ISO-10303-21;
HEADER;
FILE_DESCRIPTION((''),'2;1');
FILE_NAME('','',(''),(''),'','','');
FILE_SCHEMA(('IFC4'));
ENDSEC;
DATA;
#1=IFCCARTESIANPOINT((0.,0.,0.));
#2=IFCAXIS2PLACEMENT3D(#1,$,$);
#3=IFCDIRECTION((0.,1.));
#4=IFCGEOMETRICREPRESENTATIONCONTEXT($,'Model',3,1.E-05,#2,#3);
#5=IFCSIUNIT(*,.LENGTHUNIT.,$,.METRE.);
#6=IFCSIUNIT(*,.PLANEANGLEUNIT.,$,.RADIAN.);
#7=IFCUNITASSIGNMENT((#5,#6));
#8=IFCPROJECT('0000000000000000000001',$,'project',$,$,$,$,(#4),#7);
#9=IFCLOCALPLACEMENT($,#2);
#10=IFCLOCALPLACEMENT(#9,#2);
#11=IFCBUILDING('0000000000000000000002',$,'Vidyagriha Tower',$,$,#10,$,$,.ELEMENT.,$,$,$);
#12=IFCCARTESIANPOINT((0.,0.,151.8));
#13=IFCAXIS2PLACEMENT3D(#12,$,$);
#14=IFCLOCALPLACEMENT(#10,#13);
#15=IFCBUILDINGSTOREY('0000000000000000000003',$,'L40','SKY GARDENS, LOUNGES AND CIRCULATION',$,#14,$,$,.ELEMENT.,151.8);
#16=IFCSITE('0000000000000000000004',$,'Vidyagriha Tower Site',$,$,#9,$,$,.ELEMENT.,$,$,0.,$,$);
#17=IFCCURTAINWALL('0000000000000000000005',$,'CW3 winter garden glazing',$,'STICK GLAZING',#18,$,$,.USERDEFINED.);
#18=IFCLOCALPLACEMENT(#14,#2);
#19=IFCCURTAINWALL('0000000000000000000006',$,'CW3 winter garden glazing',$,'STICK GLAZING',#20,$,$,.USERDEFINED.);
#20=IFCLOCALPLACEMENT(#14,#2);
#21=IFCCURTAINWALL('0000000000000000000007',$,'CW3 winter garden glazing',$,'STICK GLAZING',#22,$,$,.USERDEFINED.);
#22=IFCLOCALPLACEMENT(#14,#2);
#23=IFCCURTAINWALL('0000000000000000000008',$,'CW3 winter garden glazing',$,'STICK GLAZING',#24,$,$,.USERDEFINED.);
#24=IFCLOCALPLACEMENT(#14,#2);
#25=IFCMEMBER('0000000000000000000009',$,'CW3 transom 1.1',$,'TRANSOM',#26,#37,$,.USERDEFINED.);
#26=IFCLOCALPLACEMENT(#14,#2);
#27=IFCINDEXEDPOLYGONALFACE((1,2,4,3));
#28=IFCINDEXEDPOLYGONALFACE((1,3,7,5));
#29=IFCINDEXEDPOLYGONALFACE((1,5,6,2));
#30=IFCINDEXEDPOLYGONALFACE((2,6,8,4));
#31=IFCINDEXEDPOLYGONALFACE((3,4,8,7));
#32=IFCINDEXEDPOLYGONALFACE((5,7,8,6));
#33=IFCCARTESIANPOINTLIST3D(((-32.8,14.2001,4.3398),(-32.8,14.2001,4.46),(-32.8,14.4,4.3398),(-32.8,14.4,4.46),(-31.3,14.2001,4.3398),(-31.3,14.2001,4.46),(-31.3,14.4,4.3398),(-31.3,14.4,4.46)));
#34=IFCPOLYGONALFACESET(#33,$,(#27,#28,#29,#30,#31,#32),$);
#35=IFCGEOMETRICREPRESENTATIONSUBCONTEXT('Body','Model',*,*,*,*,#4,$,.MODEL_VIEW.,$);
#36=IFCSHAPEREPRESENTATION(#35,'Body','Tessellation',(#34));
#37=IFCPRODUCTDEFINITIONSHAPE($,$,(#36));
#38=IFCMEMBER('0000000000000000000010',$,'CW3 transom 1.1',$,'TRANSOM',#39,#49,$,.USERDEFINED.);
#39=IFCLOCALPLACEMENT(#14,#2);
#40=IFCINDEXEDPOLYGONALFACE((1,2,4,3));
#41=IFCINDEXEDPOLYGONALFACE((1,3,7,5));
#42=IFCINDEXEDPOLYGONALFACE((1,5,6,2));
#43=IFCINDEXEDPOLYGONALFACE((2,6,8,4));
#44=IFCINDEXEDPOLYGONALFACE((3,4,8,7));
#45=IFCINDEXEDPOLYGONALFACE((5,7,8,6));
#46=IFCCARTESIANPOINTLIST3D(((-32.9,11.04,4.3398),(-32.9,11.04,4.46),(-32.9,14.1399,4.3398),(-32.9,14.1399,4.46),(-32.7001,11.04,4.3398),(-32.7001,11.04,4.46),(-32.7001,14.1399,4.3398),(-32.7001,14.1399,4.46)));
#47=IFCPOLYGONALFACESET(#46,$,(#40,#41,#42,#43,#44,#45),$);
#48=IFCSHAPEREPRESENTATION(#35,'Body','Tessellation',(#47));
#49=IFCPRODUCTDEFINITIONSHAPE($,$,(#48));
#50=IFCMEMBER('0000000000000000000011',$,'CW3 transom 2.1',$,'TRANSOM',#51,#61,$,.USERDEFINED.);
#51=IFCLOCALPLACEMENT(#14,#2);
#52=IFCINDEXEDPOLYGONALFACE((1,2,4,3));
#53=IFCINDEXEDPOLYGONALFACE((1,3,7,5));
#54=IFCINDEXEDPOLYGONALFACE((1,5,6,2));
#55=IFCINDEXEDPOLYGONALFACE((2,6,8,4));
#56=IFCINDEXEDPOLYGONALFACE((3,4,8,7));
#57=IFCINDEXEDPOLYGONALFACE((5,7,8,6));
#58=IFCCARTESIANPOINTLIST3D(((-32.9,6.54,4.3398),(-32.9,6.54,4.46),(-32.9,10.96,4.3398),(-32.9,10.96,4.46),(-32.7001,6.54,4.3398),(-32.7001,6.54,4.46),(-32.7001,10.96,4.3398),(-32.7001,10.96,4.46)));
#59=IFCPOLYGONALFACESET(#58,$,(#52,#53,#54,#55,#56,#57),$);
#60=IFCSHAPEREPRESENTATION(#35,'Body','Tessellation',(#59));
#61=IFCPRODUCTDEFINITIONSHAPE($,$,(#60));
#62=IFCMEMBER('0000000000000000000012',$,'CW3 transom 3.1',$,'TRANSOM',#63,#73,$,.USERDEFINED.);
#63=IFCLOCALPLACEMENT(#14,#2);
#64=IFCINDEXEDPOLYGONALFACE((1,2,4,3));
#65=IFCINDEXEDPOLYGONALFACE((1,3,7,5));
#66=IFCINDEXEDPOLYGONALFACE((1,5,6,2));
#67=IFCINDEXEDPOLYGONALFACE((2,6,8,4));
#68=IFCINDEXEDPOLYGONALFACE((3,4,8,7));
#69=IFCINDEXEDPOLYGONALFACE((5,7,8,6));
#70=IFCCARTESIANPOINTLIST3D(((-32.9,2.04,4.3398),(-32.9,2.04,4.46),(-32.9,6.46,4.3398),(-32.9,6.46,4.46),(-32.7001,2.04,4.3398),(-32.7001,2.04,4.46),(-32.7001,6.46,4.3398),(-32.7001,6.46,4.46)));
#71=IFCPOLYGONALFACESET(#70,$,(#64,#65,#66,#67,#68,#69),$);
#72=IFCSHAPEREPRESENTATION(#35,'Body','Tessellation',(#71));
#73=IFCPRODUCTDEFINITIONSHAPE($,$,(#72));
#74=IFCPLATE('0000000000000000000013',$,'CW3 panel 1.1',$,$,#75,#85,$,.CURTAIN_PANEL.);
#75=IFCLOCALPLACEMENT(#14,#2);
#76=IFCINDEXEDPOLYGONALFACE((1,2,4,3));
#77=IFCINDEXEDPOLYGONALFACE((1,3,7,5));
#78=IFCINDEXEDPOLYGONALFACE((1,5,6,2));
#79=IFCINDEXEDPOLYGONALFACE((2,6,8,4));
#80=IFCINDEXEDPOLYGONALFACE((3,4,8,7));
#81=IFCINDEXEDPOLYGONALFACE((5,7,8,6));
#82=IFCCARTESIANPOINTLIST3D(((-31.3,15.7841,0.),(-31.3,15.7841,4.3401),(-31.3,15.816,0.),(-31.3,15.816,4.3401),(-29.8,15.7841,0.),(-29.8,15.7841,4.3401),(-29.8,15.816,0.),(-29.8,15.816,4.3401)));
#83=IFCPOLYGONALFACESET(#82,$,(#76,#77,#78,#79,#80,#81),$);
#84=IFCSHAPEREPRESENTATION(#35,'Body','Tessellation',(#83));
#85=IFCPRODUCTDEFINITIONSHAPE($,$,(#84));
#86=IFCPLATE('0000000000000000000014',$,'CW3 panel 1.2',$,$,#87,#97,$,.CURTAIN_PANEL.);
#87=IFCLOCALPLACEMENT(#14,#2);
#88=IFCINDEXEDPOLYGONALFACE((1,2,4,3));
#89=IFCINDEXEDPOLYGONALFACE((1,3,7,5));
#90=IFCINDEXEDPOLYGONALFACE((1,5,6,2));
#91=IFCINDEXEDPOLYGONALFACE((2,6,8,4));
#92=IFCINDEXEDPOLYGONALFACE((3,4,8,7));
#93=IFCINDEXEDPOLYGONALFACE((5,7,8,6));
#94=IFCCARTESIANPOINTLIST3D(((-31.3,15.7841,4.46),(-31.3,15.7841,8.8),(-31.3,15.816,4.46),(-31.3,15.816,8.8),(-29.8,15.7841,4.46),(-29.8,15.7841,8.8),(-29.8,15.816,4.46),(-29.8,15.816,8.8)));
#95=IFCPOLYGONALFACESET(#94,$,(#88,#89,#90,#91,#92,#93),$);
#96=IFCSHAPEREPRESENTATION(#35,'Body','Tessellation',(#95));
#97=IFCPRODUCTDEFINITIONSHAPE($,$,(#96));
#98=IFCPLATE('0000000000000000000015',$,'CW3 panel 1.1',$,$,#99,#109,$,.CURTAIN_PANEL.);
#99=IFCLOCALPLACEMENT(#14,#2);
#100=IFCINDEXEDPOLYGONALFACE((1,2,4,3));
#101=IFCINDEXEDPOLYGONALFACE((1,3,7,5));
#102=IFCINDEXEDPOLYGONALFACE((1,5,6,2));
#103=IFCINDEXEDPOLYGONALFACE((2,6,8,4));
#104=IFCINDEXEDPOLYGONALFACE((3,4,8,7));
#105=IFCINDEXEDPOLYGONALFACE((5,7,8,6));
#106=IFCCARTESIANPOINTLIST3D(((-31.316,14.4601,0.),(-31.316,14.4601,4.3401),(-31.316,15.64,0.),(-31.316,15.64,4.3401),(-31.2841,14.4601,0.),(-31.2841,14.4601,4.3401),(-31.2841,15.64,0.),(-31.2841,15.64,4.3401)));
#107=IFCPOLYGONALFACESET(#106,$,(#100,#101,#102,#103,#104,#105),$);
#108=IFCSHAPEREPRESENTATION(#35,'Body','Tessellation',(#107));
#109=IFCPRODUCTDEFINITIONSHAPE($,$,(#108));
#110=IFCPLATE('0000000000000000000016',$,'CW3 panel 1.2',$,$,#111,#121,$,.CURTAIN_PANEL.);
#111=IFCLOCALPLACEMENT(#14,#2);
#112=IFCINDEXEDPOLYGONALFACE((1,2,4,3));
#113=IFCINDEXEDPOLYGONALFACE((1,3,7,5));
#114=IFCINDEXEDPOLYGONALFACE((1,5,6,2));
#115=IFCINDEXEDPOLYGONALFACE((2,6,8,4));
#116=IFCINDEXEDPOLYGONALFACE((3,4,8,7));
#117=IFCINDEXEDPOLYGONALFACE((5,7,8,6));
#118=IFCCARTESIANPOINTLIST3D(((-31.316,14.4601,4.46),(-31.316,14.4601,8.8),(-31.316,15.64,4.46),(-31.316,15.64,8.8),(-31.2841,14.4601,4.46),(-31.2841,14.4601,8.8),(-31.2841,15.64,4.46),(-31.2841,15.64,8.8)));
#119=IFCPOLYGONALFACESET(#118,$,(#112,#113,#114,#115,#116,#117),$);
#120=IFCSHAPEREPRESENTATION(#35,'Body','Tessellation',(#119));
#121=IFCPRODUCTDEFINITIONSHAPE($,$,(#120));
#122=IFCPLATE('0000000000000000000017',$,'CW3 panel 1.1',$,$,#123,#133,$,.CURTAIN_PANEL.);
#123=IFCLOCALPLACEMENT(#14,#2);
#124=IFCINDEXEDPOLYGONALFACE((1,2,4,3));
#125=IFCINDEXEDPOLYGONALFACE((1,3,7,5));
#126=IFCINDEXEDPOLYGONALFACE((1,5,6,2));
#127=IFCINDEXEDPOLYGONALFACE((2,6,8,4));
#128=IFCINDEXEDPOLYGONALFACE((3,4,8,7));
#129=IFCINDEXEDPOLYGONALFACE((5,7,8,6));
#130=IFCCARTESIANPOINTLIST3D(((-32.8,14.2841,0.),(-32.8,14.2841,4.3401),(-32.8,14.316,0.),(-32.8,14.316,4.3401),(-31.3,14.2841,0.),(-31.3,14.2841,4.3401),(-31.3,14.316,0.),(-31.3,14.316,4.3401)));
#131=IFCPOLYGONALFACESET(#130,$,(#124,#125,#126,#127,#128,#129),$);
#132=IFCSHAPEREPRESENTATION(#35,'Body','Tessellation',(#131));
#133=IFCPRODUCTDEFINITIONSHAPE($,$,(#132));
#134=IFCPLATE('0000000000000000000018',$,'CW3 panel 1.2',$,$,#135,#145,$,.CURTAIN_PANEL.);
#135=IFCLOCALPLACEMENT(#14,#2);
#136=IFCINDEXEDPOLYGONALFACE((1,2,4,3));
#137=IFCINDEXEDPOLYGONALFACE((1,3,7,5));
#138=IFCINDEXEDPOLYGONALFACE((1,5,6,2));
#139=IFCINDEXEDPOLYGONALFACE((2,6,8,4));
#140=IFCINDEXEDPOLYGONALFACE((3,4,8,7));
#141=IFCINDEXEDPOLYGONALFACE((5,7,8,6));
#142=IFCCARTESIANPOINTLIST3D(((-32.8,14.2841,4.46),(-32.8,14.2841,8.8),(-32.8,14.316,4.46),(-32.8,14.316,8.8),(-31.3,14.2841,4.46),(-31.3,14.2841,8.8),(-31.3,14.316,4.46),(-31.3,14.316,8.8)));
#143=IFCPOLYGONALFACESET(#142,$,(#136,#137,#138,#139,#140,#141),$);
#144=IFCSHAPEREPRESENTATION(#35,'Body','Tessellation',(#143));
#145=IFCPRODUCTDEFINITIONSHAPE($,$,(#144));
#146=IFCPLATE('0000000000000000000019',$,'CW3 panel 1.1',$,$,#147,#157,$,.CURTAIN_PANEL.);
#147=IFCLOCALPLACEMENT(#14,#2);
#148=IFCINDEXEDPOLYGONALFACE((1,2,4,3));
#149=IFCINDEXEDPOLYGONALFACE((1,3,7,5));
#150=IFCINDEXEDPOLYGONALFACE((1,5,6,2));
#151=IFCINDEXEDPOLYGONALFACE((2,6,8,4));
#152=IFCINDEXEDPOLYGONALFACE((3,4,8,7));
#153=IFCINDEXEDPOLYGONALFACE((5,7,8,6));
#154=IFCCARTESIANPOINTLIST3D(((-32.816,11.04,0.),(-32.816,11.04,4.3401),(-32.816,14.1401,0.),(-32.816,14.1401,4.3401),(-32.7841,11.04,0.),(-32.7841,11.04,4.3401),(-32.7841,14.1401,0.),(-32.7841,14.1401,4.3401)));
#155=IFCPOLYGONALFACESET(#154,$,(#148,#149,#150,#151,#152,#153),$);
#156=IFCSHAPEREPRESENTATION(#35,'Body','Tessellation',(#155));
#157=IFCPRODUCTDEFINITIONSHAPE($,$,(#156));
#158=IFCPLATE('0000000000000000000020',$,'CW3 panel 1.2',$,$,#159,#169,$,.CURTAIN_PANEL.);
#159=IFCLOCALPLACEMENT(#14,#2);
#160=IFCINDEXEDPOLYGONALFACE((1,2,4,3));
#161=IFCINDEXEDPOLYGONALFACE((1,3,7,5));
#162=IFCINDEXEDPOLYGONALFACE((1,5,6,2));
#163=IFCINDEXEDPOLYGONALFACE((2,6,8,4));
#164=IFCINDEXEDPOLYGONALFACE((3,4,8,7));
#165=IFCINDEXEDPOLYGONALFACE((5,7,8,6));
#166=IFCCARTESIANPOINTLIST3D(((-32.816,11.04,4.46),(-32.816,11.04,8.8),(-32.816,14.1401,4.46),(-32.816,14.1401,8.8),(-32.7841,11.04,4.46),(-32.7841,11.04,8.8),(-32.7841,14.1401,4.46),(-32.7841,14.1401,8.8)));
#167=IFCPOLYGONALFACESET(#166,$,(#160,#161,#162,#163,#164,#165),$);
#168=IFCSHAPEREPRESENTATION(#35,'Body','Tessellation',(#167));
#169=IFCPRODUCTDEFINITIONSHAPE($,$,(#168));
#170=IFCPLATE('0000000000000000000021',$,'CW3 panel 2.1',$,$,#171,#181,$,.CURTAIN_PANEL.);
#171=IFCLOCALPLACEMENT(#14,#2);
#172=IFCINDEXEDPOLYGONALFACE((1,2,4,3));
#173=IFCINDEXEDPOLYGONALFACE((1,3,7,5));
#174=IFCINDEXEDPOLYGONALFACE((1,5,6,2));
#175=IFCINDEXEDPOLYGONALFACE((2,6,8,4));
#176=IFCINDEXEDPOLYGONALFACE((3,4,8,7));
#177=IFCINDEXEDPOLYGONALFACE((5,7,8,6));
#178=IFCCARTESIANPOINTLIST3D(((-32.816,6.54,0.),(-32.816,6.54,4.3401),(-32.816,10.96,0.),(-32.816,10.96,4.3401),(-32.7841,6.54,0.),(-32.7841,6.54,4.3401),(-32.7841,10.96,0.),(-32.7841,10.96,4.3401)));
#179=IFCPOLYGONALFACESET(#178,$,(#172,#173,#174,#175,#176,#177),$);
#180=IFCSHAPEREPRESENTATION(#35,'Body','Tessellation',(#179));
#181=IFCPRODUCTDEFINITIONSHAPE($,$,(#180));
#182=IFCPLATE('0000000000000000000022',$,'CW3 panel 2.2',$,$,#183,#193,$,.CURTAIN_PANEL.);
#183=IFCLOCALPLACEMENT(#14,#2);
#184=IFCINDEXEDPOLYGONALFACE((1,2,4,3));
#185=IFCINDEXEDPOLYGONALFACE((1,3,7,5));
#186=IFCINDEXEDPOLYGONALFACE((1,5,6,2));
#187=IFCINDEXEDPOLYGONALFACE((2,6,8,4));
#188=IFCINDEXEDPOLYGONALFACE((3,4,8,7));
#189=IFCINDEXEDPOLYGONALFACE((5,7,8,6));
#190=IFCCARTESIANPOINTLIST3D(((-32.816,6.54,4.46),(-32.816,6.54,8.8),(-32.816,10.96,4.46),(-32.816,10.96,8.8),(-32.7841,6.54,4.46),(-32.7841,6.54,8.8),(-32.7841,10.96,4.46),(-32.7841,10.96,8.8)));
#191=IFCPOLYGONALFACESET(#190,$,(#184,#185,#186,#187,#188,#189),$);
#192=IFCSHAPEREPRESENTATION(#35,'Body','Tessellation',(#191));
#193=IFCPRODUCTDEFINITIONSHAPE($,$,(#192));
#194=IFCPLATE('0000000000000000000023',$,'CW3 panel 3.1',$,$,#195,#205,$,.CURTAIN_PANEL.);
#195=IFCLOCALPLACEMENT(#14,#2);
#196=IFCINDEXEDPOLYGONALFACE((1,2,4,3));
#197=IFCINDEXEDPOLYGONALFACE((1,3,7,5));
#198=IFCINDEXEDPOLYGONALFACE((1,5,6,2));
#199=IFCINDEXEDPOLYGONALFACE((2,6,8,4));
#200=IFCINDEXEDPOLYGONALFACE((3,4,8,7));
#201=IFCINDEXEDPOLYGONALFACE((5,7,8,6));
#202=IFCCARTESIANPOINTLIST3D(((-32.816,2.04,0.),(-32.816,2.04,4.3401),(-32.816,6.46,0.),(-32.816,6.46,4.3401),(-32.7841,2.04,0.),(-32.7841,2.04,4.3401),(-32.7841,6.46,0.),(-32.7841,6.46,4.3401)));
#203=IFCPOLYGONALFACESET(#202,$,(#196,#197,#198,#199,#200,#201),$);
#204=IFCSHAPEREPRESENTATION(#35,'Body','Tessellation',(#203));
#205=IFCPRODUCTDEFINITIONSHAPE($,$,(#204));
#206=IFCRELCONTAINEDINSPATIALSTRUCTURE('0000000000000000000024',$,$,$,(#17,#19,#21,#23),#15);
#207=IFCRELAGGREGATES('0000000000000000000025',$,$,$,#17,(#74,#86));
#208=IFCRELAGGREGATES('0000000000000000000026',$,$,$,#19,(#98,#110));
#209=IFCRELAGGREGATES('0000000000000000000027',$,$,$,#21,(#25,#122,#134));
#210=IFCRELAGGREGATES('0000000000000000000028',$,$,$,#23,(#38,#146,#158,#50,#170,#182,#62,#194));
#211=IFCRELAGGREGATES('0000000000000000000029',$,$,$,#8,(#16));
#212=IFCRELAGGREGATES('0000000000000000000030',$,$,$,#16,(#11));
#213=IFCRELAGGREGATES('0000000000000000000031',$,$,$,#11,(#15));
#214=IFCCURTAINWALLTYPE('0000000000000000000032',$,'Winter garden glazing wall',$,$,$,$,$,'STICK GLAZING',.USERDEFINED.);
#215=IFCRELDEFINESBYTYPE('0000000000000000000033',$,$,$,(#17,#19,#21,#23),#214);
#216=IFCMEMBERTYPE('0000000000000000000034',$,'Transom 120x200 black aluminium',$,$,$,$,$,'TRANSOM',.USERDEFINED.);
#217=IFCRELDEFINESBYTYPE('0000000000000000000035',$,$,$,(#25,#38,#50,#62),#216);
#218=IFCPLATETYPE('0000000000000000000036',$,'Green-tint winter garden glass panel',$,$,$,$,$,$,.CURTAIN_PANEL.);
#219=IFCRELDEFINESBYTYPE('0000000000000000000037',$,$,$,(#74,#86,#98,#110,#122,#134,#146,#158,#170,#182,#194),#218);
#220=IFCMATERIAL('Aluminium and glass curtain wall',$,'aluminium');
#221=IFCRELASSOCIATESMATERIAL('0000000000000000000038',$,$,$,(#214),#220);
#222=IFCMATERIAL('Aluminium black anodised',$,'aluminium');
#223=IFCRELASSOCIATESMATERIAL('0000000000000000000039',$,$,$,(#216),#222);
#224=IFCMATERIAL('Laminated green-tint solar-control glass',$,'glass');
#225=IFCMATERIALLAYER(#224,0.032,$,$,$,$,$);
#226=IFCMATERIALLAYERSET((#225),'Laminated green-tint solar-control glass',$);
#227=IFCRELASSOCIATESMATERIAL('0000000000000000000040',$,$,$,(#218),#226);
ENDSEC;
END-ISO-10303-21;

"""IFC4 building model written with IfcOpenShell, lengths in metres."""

from ifc_helpers import new_model, si_unit, direction, frame, origin, origin_2d, place, context, subcontext, project, spatial, rectangle, extrude, material, layer, layer_set, material_profile, profile_set, type_object, element, aggregate, save


model = new_model("IFC4")

# Units and contexts
model_context = context("Model", 3, precision=1e-05, world=origin(), true_north=direction((0.0, 1.0)))
body_context = subcontext(model_context, "Body", "Model", "MODEL_VIEW")
ifc_project = project(units=[si_unit("LENGTHUNIT", "METRE"), si_unit("PLANEANGLEUNIT", "RADIAN")], contexts=[model_context])

# Site, building, storey
site_placement = place(None, origin())
site = spatial("IfcSite", under=ifc_project, at=site_placement, Name="Vidyagriha Tower Site", CompositionType="ELEMENT", RefElevation=0.0)
building_placement = place(site_placement, origin())
building = spatial("IfcBuilding", under=site, at=building_placement, Name="Vidyagriha Tower", CompositionType="ELEMENT")
storey_placement = place(building_placement, frame((0.0, 0.0, 151.8)))
storey = spatial("IfcBuildingStorey", under=building, at=storey_placement, Name="L40", Description="SKY GARDENS, LOUNGES AND CIRCULATION", CompositionType="ELEMENT", Elevation=151.8)

# Curtain wall
ifc_material_1 = material(Name="Aluminium and glass curtain wall", Category="aluminium")
curtain_wall_type = type_object("IfcCurtainWallType", Name="Winter garden glazing wall", ElementType="STICK GLAZING", PredefinedType="USERDEFINED", material=ifc_material_1)
curtain_wall_1_placement = place(storey_placement, origin())
curtain_wall_1 = element("IfcCurtainWall", 1, at=curtain_wall_1_placement, inside=storey, type_object=curtain_wall_type, Name="CW3 winter garden glazing", ObjectType="STICK GLAZING", PredefinedType="USERDEFINED")

# Curtain walls
curtain_wall_2_placement = place(storey_placement, origin())
curtain_wall_2 = element("IfcCurtainWall", 2, at=curtain_wall_2_placement, inside=storey, type_object=curtain_wall_type, Name="CW3 winter garden glazing", ObjectType="STICK GLAZING", PredefinedType="USERDEFINED")
curtain_wall_3_placement = place(storey_placement, origin())
curtain_wall_3 = element("IfcCurtainWall", 3, at=curtain_wall_3_placement, inside=storey, type_object=curtain_wall_type, Name="CW3 winter garden glazing", ObjectType="STICK GLAZING", PredefinedType="USERDEFINED")
curtain_wall_4_placement = place(storey_placement, origin())
curtain_wall_4 = element("IfcCurtainWall", 4, at=curtain_wall_4_placement, inside=storey, type_object=curtain_wall_type, Name="CW3 winter garden glazing", ObjectType="STICK GLAZING", PredefinedType="USERDEFINED")

# Members
ifc_material_2 = material(Name="Aluminium black anodised", Category="aluminium")
ifc_material_profile_1 = material_profile(ifc_material_2, rectangle(XDim=0.2, YDim=0.1201, at=origin_2d()), Name="Transom 120x200 black aluminium")
ifc_profile_set_1 = profile_set([ifc_material_profile_1], Name="Aluminium black anodised")
member_type_1 = type_object("IfcMemberType", Name="Transom 120x200 black aluminium", ElementType="TRANSOM", PredefinedType="USERDEFINED", material=ifc_profile_set_1)
member_1_placement = place(storey_placement, frame((-31.3, 14.3, 4.3999), z_axis=(-1.0, 0.0, 0.0), x_axis=(0.0, -1.0, 0.0)))
member_1 = element("IfcMember", 5, at=member_1_placement, type_object=member_type_1, Name="CW3 transom 1.1", ObjectType="TRANSOM", PredefinedType="USERDEFINED", context=body_context, shape_type="SweptSolid", body=[
    extrude(rectangle(XDim=0.2, YDim=0.1201, at=origin_2d()), origin(), (0.0, 0.0, 1.0), 1.5),
])
member_2_placement = place(storey_placement, frame((-32.8, 14.1399, 4.3999), z_axis=(0.0, -1.0, 0.0), x_axis=(1.0, 0.0, 0.0)))
member_2 = element("IfcMember", 6, at=member_2_placement, type_object=member_type_1, Name="CW3 transom 1.1", ObjectType="TRANSOM", PredefinedType="USERDEFINED", context=body_context, shape_type="SweptSolid", body=[
    extrude(rectangle(XDim=0.2, YDim=0.1201, at=origin_2d()), origin(), (0.0, 0.0, 1.0), 3.0999),
])
member_3_placement = place(storey_placement, frame((-32.8, 10.96, 4.3999), z_axis=(0.0, -1.0, 0.0), x_axis=(1.0, 0.0, 0.0)))
member_3 = element("IfcMember", 7, at=member_3_placement, type_object=member_type_1, Name="CW3 transom 2.1", ObjectType="TRANSOM", PredefinedType="USERDEFINED", context=body_context, shape_type="SweptSolid", body=[
    extrude(rectangle(XDim=0.2, YDim=0.1201, at=origin_2d()), origin(), (0.0, 0.0, 1.0), 4.4199),
])
member_4_placement = place(storey_placement, frame((-32.8, 6.46, 4.3999), z_axis=(0.0, -1.0, 0.0), x_axis=(1.0, 0.0, 0.0)))
member_4 = element("IfcMember", 8, at=member_4_placement, type_object=member_type_1, Name="CW3 transom 3.1", ObjectType="TRANSOM", PredefinedType="USERDEFINED", context=body_context, shape_type="SweptSolid", body=[
    extrude(rectangle(XDim=0.2, YDim=0.1201, at=origin_2d()), origin(), (0.0, 0.0, 1.0), 4.4199),
])

# Plates
ifc_material_3 = material(Name="Laminated green-tint solar-control glass", Category="glass")
ifc_layer_1 = layer(ifc_material_3, 0.032)
ifc_layer_set_1 = layer_set([ifc_layer_1], Name="Laminated green-tint solar-control glass")
plate_type = type_object("IfcPlateType", Name="Green-tint winter garden glass panel", PredefinedType="CURTAIN_PANEL", material=ifc_layer_set_1)
plate_1_placement = place(storey_placement, frame((-30.55, 15.8, 0.0), z_axis=(0.0, 0.0, 1.0), x_axis=(-1.0, 0.0, 0.0)))
plate_1 = element("IfcPlate", 9, at=plate_1_placement, type_object=plate_type, Name="CW3 panel 1.1", PredefinedType="CURTAIN_PANEL", context=body_context, shape_type="SweptSolid", body=[
    extrude(rectangle(XDim=1.5, YDim=0.032, at=origin_2d()), origin(), (0.0, 0.0, 1.0), 4.3401),
])
plate_2_placement = place(storey_placement, frame((-30.55, 15.8, 4.46), z_axis=(0.0, 0.0, 1.0), x_axis=(-1.0, 0.0, 0.0)))
plate_2 = element("IfcPlate", 10, at=plate_2_placement, type_object=plate_type, Name="CW3 panel 1.2", PredefinedType="CURTAIN_PANEL", context=body_context, shape_type="SweptSolid", body=[
    extrude(rectangle(XDim=1.5, YDim=0.032, at=origin_2d()), origin(), (0.0, 0.0, 1.0), 4.3401),
])
aggregate(curtain_wall_1, [plate_1, plate_2])
plate_3_placement = place(storey_placement, frame((-31.3, 15.05, 0.0), z_axis=(0.0, 0.0, 1.0), x_axis=(0.0, -1.0, 0.0)))
plate_3 = element("IfcPlate", 11, at=plate_3_placement, type_object=plate_type, Name="CW3 panel 1.1", PredefinedType="CURTAIN_PANEL", context=body_context, shape_type="SweptSolid", body=[
    extrude(rectangle(XDim=1.1799, YDim=0.032, at=origin_2d()), origin(), (0.0, 0.0, 1.0), 4.3401),
])
plate_4_placement = place(storey_placement, frame((-31.3, 15.05, 4.46), z_axis=(0.0, 0.0, 1.0), x_axis=(0.0, -1.0, 0.0)))
plate_4 = element("IfcPlate", 12, at=plate_4_placement, type_object=plate_type, Name="CW3 panel 1.2", PredefinedType="CURTAIN_PANEL", context=body_context, shape_type="SweptSolid", body=[
    extrude(rectangle(XDim=1.1799, YDim=0.032, at=origin_2d()), origin(), (0.0, 0.0, 1.0), 4.3401),
])
aggregate(curtain_wall_2, [plate_3, plate_4])
plate_5_placement = place(storey_placement, frame((-32.05, 14.3, 0.0), z_axis=(0.0, 0.0, 1.0), x_axis=(-1.0, 0.0, 0.0)))
plate_5 = element("IfcPlate", 13, at=plate_5_placement, type_object=plate_type, Name="CW3 panel 1.1", PredefinedType="CURTAIN_PANEL", context=body_context, shape_type="SweptSolid", body=[
    extrude(rectangle(XDim=1.5, YDim=0.032, at=origin_2d()), origin(), (0.0, 0.0, 1.0), 4.3401),
])
plate_6_placement = place(storey_placement, frame((-32.05, 14.3, 4.46), z_axis=(0.0, 0.0, 1.0), x_axis=(-1.0, 0.0, 0.0)))
plate_6 = element("IfcPlate", 14, at=plate_6_placement, type_object=plate_type, Name="CW3 panel 1.2", PredefinedType="CURTAIN_PANEL", context=body_context, shape_type="SweptSolid", body=[
    extrude(rectangle(XDim=1.5, YDim=0.032, at=origin_2d()), origin(), (0.0, 0.0, 1.0), 4.3401),
])
aggregate(curtain_wall_3, [member_1, plate_5, plate_6])
plate_7_placement = place(storey_placement, frame((-32.8, 12.5901, 0.0), z_axis=(0.0, 0.0, 1.0), x_axis=(0.0, -1.0, 0.0)))
plate_7 = element("IfcPlate", 15, at=plate_7_placement, type_object=plate_type, Name="CW3 panel 1.1", PredefinedType="CURTAIN_PANEL", context=body_context, shape_type="SweptSolid", body=[
    extrude(rectangle(XDim=3.1001, YDim=0.032, at=origin_2d()), origin(), (0.0, 0.0, 1.0), 4.3401),
])
plate_8_placement = place(storey_placement, frame((-32.8, 12.5901, 4.46), z_axis=(0.0, 0.0, 1.0), x_axis=(0.0, -1.0, 0.0)))
plate_8 = element("IfcPlate", 16, at=plate_8_placement, type_object=plate_type, Name="CW3 panel 1.2", PredefinedType="CURTAIN_PANEL", context=body_context, shape_type="SweptSolid", body=[
    extrude(rectangle(XDim=3.1001, YDim=0.032, at=origin_2d()), origin(), (0.0, 0.0, 1.0), 4.3401),
])
plate_9_placement = place(storey_placement, frame((-32.8, 8.75, 0.0), z_axis=(0.0, 0.0, 1.0), x_axis=(0.0, -1.0, 0.0)))
plate_9 = element("IfcPlate", 17, at=plate_9_placement, type_object=plate_type, Name="CW3 panel 2.1", PredefinedType="CURTAIN_PANEL", context=body_context, shape_type="SweptSolid", body=[
    extrude(rectangle(XDim=4.4199, YDim=0.032, at=origin_2d()), origin(), (0.0, 0.0, 1.0), 4.3401),
])
plate_10_placement = place(storey_placement, frame((-32.8, 8.75, 4.46), z_axis=(0.0, 0.0, 1.0), x_axis=(0.0, -1.0, 0.0)))
plate_10 = element("IfcPlate", 18, at=plate_10_placement, type_object=plate_type, Name="CW3 panel 2.2", PredefinedType="CURTAIN_PANEL", context=body_context, shape_type="SweptSolid", body=[
    extrude(rectangle(XDim=4.4199, YDim=0.032, at=origin_2d()), origin(), (0.0, 0.0, 1.0), 4.3401),
])
plate_11_placement = place(storey_placement, frame((-32.8, 4.25, 0.0), z_axis=(0.0, 0.0, 1.0), x_axis=(0.0, -1.0, 0.0)))
plate_11 = element("IfcPlate", 19, at=plate_11_placement, type_object=plate_type, Name="CW3 panel 3.1", PredefinedType="CURTAIN_PANEL", context=body_context, shape_type="SweptSolid", body=[
    extrude(rectangle(XDim=4.4199, YDim=0.032, at=origin_2d()), origin(), (0.0, 0.0, 1.0), 4.3401),
])
aggregate(curtain_wall_4, [member_2, plate_7, plate_8, member_3, plate_9, plate_10, member_4, plate_11])

save(model, "model.ifc")
